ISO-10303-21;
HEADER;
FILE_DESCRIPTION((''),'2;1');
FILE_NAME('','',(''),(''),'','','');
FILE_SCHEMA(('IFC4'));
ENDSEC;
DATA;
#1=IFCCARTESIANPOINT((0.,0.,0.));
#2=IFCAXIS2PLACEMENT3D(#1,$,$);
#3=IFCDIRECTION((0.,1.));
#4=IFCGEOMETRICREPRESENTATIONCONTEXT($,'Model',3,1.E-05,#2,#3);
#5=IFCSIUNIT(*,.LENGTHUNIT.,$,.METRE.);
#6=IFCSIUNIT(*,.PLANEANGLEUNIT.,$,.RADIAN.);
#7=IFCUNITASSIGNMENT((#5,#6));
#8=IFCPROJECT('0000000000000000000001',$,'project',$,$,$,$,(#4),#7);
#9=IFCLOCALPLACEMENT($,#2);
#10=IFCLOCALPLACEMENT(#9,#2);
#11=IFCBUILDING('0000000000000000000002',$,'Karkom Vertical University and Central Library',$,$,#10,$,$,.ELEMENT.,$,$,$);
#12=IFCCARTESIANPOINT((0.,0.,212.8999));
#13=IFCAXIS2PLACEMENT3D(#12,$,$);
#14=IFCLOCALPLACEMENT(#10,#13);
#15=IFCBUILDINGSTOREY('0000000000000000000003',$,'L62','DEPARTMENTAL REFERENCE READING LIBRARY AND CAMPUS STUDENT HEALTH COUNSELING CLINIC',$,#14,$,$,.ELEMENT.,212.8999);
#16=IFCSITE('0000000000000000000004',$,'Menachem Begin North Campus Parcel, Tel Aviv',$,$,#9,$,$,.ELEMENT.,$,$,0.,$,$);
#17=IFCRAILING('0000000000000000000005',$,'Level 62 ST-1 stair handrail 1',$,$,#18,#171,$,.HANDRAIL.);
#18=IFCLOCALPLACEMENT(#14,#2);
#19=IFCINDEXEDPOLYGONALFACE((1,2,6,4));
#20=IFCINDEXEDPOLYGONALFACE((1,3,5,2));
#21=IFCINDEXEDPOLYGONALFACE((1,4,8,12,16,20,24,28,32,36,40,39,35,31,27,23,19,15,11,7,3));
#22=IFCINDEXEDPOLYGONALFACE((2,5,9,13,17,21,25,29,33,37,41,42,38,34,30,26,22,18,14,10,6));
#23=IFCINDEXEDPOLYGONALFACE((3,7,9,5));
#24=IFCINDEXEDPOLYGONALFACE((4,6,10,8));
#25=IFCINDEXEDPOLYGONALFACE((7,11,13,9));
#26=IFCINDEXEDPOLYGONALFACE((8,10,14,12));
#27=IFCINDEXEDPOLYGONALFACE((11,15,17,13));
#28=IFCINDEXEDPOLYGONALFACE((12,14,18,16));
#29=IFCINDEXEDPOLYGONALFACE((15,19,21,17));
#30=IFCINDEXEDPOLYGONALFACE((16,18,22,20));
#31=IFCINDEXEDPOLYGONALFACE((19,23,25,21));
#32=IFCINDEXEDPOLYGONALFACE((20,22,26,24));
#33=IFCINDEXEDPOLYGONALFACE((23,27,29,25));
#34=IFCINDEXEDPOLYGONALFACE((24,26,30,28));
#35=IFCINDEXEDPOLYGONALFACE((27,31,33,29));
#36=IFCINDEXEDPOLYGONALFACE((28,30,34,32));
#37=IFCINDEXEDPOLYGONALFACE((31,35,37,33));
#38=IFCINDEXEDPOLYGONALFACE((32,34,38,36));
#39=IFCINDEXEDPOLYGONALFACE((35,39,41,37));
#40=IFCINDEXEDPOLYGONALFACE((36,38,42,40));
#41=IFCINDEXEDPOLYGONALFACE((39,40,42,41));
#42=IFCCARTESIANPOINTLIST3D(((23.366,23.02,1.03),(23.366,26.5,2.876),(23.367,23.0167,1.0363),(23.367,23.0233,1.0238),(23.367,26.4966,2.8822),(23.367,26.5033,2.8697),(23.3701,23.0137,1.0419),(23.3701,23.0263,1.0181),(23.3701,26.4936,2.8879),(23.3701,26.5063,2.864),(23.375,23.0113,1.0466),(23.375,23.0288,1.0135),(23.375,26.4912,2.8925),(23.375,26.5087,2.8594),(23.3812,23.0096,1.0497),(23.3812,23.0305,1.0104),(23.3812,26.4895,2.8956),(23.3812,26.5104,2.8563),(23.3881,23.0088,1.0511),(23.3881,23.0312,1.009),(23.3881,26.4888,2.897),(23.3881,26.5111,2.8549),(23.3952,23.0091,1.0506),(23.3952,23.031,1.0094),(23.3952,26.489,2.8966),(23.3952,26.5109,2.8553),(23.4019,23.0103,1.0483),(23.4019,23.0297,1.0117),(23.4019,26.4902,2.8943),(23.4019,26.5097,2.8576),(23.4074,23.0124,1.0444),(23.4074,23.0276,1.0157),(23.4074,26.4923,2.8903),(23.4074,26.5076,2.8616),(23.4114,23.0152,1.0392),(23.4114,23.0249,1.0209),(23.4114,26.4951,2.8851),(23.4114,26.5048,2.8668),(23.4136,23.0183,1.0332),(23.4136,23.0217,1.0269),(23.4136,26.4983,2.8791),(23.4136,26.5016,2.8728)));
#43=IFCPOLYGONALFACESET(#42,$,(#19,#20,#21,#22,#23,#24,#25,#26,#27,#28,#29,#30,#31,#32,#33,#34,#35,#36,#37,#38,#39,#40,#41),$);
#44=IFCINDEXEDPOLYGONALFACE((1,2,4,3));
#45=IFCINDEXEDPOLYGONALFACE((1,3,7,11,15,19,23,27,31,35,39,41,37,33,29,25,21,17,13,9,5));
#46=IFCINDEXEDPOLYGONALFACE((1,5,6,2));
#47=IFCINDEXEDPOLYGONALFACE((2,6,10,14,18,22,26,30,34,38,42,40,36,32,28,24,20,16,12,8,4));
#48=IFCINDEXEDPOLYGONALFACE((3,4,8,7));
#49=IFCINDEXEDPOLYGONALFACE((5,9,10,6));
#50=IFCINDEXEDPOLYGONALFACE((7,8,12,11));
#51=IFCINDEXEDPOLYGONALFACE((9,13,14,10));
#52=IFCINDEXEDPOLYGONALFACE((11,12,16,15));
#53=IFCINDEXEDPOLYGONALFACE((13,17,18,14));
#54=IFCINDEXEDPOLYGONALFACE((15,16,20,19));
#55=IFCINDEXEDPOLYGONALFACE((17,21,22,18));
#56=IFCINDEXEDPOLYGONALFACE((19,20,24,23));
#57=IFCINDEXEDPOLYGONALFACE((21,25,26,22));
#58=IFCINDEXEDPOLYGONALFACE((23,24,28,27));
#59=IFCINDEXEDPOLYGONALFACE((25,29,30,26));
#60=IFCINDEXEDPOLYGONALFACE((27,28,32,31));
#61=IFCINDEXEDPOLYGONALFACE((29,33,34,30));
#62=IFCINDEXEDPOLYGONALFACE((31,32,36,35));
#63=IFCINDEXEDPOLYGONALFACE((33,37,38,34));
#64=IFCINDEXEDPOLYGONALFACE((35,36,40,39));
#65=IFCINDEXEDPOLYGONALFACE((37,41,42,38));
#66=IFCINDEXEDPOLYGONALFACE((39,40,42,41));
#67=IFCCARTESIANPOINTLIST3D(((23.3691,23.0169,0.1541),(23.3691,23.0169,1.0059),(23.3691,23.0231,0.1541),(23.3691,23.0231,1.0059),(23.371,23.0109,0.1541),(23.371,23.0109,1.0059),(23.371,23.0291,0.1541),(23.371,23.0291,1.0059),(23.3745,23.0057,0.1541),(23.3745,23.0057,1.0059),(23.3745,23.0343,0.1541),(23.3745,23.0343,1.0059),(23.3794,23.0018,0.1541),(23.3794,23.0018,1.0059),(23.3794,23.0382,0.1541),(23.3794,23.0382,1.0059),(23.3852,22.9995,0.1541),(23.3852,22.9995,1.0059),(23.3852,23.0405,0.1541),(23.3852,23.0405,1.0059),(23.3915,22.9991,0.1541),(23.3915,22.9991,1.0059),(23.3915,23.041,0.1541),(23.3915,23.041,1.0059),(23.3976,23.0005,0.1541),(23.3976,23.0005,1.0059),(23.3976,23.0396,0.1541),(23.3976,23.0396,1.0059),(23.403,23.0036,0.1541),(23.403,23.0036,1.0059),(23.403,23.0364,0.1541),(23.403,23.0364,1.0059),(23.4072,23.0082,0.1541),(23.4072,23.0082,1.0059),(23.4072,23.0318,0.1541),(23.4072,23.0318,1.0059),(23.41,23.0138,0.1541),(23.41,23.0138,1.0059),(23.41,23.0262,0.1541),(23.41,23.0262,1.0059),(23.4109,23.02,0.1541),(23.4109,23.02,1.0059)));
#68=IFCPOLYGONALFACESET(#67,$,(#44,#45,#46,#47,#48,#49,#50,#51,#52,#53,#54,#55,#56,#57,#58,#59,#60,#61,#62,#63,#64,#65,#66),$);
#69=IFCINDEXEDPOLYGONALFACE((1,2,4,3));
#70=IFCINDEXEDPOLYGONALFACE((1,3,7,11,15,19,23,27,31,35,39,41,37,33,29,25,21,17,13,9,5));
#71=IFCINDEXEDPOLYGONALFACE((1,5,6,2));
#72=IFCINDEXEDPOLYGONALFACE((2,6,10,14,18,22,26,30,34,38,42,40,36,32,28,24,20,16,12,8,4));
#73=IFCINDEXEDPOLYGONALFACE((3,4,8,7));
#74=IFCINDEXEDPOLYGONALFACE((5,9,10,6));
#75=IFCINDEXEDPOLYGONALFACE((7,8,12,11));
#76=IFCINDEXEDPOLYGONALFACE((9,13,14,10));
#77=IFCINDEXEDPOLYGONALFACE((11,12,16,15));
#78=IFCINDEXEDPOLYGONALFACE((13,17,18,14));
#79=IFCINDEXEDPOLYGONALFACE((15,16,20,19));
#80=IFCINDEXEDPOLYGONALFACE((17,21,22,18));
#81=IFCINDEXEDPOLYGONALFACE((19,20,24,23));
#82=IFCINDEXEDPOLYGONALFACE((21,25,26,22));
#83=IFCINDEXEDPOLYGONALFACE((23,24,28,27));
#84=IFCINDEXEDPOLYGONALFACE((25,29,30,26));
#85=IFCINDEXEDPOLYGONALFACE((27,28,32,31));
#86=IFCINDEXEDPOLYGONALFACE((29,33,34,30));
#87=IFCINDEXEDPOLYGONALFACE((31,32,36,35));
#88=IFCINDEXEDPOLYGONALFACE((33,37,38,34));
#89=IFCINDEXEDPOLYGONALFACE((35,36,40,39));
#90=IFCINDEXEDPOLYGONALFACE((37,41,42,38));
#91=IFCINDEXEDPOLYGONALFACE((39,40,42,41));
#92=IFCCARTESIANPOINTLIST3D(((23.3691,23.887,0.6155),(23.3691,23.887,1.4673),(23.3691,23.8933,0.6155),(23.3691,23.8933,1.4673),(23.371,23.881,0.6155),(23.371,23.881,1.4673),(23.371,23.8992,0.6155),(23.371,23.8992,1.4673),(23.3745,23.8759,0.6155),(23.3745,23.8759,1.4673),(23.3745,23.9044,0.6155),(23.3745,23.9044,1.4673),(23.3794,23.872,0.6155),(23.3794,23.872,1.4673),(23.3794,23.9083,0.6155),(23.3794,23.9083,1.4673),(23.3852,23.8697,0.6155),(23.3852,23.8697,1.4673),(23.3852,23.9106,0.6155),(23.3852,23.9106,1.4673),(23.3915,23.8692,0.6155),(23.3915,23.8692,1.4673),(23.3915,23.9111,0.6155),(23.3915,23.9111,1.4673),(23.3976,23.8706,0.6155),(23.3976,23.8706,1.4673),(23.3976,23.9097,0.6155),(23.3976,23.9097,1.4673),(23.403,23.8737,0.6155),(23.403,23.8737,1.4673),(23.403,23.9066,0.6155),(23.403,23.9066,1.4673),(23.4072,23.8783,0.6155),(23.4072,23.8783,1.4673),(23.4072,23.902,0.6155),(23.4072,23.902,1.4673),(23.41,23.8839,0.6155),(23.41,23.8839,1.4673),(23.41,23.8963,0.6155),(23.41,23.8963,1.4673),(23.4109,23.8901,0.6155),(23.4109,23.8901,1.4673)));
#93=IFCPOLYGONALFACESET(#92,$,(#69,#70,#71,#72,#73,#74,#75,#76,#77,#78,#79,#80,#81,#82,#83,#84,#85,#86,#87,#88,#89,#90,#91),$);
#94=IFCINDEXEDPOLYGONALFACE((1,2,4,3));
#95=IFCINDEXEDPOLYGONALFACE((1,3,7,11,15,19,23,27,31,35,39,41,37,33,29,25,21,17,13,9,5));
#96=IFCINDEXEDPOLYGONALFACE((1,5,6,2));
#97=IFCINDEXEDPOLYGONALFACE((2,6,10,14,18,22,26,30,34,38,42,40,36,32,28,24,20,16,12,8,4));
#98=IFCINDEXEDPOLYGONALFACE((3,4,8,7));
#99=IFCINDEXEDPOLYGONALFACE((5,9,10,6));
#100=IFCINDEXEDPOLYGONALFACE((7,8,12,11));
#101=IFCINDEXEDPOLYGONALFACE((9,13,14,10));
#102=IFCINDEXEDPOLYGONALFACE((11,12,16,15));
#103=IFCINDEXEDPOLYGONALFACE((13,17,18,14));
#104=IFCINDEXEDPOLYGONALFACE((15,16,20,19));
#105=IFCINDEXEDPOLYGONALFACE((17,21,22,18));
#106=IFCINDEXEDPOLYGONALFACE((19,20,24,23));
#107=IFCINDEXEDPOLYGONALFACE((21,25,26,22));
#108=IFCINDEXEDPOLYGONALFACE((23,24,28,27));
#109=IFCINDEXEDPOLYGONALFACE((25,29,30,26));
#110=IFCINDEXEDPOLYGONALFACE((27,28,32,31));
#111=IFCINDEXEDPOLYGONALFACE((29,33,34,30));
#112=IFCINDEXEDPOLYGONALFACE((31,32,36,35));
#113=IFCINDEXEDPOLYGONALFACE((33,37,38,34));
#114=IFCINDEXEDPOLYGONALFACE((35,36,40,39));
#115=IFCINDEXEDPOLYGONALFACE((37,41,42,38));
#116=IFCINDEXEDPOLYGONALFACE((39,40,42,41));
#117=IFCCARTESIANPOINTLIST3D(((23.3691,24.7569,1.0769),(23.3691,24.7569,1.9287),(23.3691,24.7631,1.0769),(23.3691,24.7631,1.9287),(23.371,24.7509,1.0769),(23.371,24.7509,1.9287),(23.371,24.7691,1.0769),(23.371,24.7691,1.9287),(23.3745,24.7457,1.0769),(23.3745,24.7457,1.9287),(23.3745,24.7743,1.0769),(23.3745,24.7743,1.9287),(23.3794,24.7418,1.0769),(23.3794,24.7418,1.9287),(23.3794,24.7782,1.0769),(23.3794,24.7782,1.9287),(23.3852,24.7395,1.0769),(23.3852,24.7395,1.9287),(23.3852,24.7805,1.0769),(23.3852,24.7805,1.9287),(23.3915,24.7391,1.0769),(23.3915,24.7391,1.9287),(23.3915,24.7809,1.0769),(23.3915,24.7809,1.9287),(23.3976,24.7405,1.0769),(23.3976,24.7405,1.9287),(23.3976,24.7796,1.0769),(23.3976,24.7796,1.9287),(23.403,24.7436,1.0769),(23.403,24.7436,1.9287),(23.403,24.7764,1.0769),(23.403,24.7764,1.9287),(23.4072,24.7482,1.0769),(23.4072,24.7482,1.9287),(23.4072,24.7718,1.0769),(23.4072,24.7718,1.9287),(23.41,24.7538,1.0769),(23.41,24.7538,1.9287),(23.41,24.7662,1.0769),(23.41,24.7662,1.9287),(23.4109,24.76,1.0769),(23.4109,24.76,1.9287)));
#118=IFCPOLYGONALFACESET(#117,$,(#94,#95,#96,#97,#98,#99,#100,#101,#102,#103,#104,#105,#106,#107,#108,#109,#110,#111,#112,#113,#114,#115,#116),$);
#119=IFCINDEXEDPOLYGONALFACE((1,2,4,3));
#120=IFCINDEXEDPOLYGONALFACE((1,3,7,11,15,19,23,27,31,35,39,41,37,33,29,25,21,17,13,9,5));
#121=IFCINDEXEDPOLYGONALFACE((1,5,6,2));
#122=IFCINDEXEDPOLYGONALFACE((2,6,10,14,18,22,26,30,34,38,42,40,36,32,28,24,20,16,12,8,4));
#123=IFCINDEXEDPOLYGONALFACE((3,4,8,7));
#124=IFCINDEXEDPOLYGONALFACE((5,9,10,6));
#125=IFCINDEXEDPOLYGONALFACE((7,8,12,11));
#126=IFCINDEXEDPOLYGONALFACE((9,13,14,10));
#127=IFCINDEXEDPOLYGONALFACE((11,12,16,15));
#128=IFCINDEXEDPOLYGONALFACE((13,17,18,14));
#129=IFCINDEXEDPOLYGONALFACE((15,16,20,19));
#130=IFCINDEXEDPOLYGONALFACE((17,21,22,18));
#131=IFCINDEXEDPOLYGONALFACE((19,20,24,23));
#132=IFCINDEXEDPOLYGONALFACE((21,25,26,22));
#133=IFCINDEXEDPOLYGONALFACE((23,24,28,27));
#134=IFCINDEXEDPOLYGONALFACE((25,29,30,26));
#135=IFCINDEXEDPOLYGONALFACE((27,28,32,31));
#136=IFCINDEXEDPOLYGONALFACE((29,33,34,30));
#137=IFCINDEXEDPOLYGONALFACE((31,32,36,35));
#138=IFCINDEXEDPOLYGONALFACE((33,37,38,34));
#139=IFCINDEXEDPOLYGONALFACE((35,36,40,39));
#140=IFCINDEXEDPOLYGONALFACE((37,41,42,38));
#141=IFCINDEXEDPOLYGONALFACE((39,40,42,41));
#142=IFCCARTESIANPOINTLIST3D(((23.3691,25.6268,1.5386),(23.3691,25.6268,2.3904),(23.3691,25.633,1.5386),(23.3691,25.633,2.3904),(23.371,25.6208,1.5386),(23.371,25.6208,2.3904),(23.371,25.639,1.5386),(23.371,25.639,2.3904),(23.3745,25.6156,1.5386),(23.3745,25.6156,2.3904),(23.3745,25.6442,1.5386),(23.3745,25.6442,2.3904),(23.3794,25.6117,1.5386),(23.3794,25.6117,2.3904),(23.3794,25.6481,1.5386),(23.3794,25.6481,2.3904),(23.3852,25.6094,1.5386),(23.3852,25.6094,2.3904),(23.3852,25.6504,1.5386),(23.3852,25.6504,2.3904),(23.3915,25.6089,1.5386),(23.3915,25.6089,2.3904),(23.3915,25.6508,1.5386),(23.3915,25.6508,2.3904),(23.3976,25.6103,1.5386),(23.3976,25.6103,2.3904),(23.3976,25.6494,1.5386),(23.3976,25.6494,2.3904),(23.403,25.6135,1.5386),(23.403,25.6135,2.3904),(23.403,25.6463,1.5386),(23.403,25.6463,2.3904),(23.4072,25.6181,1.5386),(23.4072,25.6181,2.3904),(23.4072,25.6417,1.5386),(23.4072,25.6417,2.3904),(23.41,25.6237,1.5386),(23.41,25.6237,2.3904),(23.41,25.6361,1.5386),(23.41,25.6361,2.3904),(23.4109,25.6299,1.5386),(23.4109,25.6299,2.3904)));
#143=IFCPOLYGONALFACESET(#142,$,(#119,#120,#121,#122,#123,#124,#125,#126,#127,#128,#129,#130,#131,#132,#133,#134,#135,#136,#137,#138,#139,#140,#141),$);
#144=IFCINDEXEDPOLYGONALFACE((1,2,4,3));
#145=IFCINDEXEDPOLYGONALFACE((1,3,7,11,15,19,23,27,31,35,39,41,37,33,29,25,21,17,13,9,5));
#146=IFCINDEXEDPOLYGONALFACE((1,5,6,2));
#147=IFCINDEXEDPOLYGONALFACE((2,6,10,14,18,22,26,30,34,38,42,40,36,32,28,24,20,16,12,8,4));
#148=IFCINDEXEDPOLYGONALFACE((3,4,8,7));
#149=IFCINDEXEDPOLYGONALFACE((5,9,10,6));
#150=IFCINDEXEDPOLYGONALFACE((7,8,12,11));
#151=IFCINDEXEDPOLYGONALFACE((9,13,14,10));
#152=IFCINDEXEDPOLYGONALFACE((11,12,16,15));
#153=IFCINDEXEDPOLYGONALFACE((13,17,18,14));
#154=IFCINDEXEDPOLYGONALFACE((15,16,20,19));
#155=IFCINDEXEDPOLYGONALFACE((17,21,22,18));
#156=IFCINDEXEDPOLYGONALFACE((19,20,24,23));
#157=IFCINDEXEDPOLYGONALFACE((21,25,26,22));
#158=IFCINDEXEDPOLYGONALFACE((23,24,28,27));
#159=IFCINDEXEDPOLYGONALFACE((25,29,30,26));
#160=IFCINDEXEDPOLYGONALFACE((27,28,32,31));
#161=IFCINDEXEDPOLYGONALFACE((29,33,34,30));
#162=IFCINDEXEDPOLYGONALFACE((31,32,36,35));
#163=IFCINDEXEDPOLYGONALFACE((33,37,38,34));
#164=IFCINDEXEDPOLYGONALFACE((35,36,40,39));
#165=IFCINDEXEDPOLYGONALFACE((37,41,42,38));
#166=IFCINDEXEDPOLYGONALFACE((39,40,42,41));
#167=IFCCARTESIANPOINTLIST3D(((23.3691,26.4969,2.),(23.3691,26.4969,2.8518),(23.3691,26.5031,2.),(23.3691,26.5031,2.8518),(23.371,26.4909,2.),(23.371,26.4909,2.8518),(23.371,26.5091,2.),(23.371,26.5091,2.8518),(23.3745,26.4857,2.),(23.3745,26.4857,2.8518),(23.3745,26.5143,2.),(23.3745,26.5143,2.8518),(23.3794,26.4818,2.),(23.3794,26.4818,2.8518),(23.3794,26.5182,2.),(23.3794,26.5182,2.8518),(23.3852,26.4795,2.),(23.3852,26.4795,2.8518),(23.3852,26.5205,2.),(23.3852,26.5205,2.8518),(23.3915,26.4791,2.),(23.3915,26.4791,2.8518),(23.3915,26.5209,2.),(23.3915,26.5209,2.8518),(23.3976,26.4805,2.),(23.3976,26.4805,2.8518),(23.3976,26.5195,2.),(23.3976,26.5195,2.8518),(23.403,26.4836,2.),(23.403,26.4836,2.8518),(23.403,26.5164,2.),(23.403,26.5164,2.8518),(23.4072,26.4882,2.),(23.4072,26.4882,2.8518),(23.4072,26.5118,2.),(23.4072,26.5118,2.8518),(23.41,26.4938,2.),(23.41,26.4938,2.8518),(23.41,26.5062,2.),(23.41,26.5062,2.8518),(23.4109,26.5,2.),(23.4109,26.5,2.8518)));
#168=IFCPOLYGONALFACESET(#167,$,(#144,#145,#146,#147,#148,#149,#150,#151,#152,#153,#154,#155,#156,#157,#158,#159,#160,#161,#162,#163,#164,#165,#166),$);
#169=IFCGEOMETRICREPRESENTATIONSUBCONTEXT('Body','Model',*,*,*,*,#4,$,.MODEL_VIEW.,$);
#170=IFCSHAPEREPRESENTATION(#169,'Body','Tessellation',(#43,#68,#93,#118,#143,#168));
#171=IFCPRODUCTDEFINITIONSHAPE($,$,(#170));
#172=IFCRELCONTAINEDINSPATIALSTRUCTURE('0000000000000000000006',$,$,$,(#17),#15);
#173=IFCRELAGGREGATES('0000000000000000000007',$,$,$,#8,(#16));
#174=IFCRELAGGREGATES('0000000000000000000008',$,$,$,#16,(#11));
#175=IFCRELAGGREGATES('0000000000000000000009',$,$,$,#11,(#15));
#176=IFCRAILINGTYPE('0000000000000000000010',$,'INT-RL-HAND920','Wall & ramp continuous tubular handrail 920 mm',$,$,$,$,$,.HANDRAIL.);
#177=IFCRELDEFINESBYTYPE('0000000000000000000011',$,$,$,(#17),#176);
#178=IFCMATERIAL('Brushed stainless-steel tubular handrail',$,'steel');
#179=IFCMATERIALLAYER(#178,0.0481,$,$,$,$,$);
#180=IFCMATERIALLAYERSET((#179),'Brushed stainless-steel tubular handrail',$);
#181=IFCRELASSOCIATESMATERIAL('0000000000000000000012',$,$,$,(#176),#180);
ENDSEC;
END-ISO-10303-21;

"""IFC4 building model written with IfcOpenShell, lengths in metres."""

from ifc_helpers import new_model, si_unit, direction, frame, origin, origin_2d, place, context, subcontext, project, spatial, circle, extrude, material, layer, layer_set, type_object, element, save


model = new_model("IFC4")

# Units and contexts
model_context = context("Model", 3, precision=1e-05, world=origin(), true_north=direction((0.0, 1.0)))
body_context = subcontext(model_context, "Body", "Model", "MODEL_VIEW")
ifc_project = project(units=[si_unit("LENGTHUNIT", "METRE"), si_unit("PLANEANGLEUNIT", "RADIAN")], contexts=[model_context])

# Site, building, storey
site_placement = place(None, origin())
site = spatial("IfcSite", under=ifc_project, at=site_placement, Name="Menachem Begin North Campus Parcel, Tel Aviv", CompositionType="ELEMENT", RefElevation=0.0)
building_placement = place(site_placement, origin())
building = spatial("IfcBuilding", under=site, at=building_placement, Name="Karkom Vertical University and Central Library", CompositionType="ELEMENT")
storey_placement = place(building_placement, frame((0.0, 0.0, 212.8999)))
storey = spatial("IfcBuildingStorey", under=building, at=storey_placement, Name="L62", Description="DEPARTMENTAL REFERENCE READING LIBRARY AND CAMPUS STUDENT HEALTH COUNSELING CLINIC", CompositionType="ELEMENT", Elevation=212.8999)

# Railing
ifc_material_1 = material(Name="Brushed stainless-steel tubular handrail", Category="steel")
ifc_layer_1 = layer(ifc_material_1, 0.0481)
ifc_layer_set_1 = layer_set([ifc_layer_1], Name="Brushed stainless-steel tubular handrail")
railing_type = type_object("IfcRailingType", Name="INT-RL-HAND920", Description="Wall & ramp continuous tubular handrail 920 mm", PredefinedType="HANDRAIL", material=ifc_layer_set_1)
railing_placement = place(storey_placement, frame((23.3899, 23.02, 0.1541)))
element("IfcRailing", 1, at=railing_placement, inside=storey, type_object=railing_type, Name="Level 62 ST-1 stair handrail 1", PredefinedType="HANDRAIL", context=body_context, shape_type="SweptSolid", body=[
    extrude(circle(Radius=0.0239, at=origin_2d()), frame((0.0, 0.0, 0.876), z_axis=(0.0, 0.883409, 0.468602), x_axis=(-1.0, 0.0, 0.0)), (0.0, 0.0, 1.0), 3.9392),
    extrude(circle(Radius=0.021, at=origin_2d()), origin(), (0.0, 0.0, 1.0), 0.8518),
    extrude(circle(Radius=0.021, at=origin_2d()), frame((0.0, 0.8701, 0.4614)), (0.0, 0.0, 1.0), 0.8518),
    extrude(circle(Radius=0.021, at=origin_2d()), frame((0.0, 1.74, 0.9229)), (0.0, 0.0, 1.0), 0.8518),
    extrude(circle(Radius=0.021, at=origin_2d()), frame((0.0, 2.6099, 1.3845)), (0.0, 0.0, 1.0), 0.8518),
    extrude(circle(Radius=0.021, at=origin_2d()), frame((0.0, 3.48, 1.8459)), (0.0, 0.0, 1.0), 0.8518),
])

save(model, "model.ifc")
